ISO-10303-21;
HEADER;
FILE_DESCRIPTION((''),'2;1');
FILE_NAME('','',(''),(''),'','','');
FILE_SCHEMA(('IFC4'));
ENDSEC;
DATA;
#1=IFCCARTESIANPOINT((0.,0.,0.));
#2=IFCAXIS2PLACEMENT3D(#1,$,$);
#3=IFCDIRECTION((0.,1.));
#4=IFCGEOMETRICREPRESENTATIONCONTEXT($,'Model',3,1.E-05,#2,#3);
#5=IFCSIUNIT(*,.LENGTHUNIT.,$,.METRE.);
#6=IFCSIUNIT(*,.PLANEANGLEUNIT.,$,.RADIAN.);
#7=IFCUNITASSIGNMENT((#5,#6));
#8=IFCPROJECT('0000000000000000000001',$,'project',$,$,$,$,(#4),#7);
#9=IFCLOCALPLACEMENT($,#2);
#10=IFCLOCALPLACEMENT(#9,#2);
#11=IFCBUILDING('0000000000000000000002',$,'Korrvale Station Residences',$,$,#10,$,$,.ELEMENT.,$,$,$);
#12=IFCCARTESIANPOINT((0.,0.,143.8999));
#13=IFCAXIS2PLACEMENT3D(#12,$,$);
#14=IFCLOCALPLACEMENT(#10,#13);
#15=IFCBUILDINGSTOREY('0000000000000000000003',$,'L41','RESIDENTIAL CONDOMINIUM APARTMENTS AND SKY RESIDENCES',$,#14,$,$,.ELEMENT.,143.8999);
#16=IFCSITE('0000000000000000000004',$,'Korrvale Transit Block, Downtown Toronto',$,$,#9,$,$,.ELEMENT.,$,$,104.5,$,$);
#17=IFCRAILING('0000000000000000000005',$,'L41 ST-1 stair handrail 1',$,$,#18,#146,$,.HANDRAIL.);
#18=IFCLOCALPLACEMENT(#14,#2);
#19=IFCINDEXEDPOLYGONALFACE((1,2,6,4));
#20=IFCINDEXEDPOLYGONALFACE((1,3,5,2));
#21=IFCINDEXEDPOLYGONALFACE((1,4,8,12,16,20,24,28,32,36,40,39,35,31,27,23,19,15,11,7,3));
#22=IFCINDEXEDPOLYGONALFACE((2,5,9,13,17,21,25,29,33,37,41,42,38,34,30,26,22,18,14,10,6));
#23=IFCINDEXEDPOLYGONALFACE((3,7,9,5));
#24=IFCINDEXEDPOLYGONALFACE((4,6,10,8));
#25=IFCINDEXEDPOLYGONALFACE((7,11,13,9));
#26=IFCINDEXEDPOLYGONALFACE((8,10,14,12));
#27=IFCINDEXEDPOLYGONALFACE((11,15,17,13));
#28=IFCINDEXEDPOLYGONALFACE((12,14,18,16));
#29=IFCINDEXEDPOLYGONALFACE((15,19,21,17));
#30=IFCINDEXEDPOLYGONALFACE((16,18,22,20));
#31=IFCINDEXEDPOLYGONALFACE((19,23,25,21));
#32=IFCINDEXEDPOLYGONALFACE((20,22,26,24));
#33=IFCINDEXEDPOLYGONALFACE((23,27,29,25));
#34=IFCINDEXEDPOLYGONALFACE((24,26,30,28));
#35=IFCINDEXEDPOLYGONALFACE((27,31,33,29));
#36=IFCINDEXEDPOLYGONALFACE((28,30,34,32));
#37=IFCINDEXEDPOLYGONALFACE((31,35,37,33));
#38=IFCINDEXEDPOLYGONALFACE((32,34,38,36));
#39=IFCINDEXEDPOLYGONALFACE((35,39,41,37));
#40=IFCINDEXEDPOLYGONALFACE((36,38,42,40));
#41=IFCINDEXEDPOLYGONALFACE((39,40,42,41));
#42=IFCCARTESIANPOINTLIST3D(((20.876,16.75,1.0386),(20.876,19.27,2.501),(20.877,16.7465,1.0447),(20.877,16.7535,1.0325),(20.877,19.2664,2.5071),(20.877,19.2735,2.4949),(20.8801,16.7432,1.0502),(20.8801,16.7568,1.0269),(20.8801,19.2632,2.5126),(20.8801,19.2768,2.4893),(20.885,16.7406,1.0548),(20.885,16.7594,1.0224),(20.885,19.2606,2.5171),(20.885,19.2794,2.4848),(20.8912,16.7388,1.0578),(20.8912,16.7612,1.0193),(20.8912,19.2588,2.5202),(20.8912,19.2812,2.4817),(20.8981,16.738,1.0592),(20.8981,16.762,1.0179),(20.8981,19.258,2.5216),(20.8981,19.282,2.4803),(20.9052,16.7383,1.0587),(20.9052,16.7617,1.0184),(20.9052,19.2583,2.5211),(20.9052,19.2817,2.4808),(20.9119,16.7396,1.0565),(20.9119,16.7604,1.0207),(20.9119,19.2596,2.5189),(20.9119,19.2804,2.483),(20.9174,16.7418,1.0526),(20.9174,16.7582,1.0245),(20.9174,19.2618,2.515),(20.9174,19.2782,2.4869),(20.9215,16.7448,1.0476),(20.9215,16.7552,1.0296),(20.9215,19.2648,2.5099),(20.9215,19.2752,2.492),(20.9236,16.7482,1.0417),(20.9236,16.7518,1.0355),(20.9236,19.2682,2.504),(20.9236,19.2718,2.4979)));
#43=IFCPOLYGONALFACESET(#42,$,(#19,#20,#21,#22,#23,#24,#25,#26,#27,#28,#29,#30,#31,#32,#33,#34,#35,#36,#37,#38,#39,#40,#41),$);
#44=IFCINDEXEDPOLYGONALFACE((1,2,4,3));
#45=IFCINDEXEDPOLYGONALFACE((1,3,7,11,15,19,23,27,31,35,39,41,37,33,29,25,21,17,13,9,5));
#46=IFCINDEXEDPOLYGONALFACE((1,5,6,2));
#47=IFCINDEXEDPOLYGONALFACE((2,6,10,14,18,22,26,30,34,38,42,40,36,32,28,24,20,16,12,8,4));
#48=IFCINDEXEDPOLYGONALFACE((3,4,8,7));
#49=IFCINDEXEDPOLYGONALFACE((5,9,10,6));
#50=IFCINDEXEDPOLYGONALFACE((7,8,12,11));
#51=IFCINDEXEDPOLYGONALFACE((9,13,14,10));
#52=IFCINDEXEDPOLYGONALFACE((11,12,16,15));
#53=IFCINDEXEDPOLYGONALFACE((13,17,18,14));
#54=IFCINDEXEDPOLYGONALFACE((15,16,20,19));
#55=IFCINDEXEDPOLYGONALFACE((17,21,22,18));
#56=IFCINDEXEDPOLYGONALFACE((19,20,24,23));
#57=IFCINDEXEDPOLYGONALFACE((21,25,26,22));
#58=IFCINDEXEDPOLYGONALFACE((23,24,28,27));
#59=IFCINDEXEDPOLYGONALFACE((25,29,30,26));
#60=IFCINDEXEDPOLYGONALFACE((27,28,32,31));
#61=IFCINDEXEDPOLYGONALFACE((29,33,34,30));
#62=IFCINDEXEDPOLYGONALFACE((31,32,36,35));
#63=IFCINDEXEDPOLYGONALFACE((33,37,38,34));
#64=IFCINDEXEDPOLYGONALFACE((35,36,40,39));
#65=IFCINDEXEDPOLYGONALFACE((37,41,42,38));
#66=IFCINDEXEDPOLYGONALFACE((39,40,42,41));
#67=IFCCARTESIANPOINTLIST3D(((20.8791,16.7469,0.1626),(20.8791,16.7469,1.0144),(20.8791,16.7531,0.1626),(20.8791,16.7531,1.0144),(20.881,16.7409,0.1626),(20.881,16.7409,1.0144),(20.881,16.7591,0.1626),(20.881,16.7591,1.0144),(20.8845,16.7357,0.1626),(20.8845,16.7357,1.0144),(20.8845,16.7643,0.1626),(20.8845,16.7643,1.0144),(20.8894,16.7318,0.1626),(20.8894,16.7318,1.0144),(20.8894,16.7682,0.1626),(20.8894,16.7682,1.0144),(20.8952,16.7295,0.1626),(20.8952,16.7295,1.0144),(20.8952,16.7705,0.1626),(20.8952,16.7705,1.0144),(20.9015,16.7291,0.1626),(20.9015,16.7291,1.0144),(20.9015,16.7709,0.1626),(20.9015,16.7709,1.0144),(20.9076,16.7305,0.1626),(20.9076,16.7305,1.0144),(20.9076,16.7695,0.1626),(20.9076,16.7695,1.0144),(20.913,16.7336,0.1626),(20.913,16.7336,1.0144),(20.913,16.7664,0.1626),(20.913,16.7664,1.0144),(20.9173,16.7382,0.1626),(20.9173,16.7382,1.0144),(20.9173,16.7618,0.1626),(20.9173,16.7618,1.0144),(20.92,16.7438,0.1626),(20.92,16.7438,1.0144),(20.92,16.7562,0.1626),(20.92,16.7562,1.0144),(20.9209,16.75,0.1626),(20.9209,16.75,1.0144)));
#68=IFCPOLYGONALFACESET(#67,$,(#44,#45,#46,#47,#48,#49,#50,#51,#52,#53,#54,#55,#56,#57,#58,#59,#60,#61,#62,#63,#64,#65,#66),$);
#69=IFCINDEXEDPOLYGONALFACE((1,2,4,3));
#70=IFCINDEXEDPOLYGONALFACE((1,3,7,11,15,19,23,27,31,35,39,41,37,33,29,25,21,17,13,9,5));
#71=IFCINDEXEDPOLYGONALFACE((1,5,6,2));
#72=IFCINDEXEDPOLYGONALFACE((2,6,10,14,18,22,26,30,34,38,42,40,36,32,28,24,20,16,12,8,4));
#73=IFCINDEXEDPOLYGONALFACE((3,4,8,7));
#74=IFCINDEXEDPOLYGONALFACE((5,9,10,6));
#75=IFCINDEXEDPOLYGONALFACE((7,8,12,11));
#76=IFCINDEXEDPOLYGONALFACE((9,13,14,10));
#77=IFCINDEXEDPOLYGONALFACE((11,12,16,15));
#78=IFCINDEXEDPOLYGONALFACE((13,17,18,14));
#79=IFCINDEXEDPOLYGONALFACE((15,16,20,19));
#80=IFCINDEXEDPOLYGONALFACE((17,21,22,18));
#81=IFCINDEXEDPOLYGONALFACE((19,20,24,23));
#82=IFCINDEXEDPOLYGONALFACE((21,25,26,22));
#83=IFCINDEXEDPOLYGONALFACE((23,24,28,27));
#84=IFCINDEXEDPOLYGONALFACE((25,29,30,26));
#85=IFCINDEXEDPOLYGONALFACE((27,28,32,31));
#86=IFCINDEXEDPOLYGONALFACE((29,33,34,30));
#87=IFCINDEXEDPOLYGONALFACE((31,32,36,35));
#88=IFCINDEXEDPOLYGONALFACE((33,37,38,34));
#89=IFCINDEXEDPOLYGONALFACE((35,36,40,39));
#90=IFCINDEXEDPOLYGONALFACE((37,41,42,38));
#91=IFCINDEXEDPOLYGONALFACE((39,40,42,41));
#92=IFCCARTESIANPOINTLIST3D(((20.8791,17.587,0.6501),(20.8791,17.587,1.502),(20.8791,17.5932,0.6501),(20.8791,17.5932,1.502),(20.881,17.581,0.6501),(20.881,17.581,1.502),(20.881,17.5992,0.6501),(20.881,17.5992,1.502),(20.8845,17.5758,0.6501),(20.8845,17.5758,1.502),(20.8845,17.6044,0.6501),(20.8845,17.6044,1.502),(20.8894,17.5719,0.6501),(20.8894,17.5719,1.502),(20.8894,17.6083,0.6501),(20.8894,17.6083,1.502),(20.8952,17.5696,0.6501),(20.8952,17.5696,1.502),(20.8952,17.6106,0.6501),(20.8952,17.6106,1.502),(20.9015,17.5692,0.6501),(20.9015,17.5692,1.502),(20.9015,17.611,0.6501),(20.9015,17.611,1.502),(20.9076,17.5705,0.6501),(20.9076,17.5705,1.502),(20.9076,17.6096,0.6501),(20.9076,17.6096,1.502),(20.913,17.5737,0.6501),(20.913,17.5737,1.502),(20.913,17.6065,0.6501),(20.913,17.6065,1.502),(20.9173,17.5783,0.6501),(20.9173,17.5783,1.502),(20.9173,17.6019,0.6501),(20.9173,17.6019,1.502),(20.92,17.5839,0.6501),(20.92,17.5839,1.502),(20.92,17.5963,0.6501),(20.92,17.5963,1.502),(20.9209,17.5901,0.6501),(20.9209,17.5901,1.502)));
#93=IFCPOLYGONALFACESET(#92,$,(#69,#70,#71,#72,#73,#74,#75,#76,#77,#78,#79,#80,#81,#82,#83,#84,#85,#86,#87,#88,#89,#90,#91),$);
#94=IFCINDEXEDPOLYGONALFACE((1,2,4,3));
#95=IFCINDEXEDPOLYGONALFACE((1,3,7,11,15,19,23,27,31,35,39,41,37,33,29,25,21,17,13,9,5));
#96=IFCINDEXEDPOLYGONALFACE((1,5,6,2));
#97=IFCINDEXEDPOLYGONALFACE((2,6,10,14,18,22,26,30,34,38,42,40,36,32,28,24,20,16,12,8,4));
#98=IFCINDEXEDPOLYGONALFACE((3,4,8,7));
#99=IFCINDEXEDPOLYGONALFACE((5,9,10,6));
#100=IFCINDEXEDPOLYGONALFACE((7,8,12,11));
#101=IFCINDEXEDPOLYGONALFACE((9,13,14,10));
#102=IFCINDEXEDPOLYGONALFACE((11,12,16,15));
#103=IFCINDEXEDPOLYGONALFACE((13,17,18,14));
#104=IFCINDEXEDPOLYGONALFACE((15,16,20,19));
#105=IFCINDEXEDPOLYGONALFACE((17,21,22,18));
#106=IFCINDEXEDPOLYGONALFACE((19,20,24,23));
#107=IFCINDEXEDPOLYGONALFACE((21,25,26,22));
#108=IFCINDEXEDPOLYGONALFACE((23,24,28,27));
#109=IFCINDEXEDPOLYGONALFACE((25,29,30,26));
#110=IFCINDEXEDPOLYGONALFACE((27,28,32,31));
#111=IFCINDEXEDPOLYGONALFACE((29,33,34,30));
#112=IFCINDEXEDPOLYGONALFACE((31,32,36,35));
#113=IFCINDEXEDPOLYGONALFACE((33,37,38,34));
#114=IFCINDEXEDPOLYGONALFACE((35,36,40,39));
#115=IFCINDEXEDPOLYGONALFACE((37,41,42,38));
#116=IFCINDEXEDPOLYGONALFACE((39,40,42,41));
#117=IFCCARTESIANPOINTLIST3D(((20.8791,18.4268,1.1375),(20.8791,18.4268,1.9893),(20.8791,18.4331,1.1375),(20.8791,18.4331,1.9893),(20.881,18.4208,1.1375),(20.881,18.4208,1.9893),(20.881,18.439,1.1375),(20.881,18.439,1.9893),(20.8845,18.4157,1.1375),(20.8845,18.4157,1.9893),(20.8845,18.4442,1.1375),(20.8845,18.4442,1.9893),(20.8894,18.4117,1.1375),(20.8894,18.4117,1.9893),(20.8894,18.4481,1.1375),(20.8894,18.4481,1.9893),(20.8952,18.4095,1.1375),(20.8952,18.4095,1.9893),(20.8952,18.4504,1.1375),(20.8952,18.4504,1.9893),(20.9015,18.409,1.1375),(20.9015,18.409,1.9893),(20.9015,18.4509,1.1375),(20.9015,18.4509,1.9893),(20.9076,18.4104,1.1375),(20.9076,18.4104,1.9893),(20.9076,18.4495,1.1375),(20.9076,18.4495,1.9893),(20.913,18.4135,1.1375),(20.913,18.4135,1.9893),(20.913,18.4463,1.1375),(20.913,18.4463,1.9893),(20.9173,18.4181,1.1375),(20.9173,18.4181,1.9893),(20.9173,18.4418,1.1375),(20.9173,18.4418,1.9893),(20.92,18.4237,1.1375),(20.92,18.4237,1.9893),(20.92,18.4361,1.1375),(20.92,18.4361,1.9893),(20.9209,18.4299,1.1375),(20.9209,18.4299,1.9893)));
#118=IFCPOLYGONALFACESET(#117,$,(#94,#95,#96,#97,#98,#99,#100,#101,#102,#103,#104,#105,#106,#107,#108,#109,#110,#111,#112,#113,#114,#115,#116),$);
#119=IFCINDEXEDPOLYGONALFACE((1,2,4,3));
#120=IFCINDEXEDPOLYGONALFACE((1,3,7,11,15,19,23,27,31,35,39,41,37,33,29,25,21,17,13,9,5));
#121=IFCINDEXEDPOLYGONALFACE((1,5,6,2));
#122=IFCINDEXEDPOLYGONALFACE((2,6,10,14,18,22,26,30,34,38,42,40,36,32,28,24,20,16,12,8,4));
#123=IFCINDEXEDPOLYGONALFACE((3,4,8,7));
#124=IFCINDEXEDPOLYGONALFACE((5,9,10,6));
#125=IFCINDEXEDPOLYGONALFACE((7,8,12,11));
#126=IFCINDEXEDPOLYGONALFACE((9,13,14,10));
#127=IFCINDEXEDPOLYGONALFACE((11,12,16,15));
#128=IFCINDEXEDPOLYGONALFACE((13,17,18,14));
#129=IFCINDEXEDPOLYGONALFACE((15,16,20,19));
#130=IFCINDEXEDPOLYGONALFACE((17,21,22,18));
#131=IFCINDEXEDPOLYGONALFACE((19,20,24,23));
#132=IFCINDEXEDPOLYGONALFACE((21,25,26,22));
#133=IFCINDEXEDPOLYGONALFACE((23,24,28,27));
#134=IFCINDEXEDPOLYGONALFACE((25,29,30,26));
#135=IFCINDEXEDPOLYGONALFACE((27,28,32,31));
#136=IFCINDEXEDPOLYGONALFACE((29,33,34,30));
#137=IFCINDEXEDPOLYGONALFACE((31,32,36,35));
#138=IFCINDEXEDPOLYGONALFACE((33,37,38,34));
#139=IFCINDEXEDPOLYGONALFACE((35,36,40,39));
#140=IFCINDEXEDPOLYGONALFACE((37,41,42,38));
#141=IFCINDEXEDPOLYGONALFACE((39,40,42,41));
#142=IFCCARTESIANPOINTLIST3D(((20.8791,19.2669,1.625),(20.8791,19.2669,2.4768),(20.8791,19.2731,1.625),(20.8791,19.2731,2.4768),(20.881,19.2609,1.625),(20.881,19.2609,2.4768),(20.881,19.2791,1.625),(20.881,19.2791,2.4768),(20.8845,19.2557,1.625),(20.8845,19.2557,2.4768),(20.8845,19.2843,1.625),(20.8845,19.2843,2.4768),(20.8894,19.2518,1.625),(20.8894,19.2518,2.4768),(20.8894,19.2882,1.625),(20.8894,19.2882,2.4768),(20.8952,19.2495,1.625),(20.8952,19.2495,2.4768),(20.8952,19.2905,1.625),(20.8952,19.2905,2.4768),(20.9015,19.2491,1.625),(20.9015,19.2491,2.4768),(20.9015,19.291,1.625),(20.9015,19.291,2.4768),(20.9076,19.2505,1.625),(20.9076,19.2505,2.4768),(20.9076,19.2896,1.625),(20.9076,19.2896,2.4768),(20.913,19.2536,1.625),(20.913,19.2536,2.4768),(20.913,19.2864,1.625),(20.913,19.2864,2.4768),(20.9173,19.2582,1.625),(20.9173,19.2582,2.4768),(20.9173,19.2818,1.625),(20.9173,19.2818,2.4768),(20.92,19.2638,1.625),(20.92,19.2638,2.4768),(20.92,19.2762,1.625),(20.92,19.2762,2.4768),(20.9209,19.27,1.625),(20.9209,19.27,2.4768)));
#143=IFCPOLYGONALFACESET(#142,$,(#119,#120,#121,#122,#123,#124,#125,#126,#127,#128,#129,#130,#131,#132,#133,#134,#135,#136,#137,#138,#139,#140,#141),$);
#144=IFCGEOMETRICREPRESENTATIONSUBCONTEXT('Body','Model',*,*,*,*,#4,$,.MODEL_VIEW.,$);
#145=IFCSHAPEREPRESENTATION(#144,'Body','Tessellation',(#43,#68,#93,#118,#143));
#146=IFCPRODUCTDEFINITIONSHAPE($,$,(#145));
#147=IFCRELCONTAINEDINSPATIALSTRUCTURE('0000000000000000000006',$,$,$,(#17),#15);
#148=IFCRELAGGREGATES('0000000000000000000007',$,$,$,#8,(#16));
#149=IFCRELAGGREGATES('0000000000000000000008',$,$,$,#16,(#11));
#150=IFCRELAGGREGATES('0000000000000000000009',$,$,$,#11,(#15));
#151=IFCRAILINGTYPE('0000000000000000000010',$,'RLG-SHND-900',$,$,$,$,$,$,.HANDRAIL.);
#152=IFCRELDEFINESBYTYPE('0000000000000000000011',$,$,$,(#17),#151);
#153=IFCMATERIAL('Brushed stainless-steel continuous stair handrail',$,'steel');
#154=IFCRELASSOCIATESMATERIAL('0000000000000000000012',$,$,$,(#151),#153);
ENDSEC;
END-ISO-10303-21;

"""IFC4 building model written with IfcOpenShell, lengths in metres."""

from ifc_helpers import new_model, si_unit, direction, frame, origin, origin_2d, place, context, subcontext, project, spatial, circle, extrude, material, type_object, element, save


model = new_model("IFC4")

# Units and contexts
model_context = context("Model", 3, precision=1e-05, world=origin(), true_north=direction((0.0, 1.0)))
body_context = subcontext(model_context, "Body", "Model", "MODEL_VIEW")
ifc_project = project(units=[si_unit("LENGTHUNIT", "METRE"), si_unit("PLANEANGLEUNIT", "RADIAN")], contexts=[model_context])

# Site, building, storey
site_placement = place(None, origin())
site = spatial("IfcSite", under=ifc_project, at=site_placement, Name="Korrvale Transit Block, Downtown Toronto", CompositionType="ELEMENT", RefElevation=104.5)
building_placement = place(site_placement, origin())
building = spatial("IfcBuilding", under=site, at=building_placement, Name="Korrvale Station Residences", CompositionType="ELEMENT")
storey_placement = place(building_placement, frame((0.0, 0.0, 143.8999)))
storey = spatial("IfcBuildingStorey", under=building, at=storey_placement, Name="L41", Description="RESIDENTIAL CONDOMINIUM APARTMENTS AND SKY RESIDENCES", CompositionType="ELEMENT", Elevation=143.8999)

# Railing
ifc_material_1 = material(Name="Brushed stainless-steel continuous stair handrail", Category="steel")
railing_type_1 = type_object("IfcRailingType", Name="RLG-SHND-900", PredefinedType="HANDRAIL", material=ifc_material_1)
railing_1_placement = place(storey_placement, frame((20.8999, 16.75, 0.1626)))
element("IfcRailing", 1, at=railing_1_placement, inside=storey, type_object=railing_type_1, Name="L41 ST-1 stair handrail 1", PredefinedType="HANDRAIL", context=body_context, shape_type="SweptSolid", body=[
    extrude(circle(Radius=0.0239, at=origin_2d()), frame((0.0, 0.0, 0.876), z_axis=(0.0, 0.864913, 0.501921), x_axis=(-1.0, 0.0, 0.0)), (0.0, 0.0, 1.0), 2.9136),
    extrude(circle(Radius=0.021, at=origin_2d()), origin(), (0.0, 0.0, 1.0), 0.8518),
    extrude(circle(Radius=0.021, at=origin_2d()), frame((0.0, 0.8401, 0.4875)), (0.0, 0.0, 1.0), 0.8518),
    extrude(circle(Radius=0.021, at=origin_2d()), frame((0.0, 1.6799, 0.9749)), (0.0, 0.0, 1.0), 0.8518),
    extrude(circle(Radius=0.021, at=origin_2d()), frame((0.0, 2.52, 1.4624)), (0.0, 0.0, 1.0), 0.8518),
])

save(model, "model.ifc")
